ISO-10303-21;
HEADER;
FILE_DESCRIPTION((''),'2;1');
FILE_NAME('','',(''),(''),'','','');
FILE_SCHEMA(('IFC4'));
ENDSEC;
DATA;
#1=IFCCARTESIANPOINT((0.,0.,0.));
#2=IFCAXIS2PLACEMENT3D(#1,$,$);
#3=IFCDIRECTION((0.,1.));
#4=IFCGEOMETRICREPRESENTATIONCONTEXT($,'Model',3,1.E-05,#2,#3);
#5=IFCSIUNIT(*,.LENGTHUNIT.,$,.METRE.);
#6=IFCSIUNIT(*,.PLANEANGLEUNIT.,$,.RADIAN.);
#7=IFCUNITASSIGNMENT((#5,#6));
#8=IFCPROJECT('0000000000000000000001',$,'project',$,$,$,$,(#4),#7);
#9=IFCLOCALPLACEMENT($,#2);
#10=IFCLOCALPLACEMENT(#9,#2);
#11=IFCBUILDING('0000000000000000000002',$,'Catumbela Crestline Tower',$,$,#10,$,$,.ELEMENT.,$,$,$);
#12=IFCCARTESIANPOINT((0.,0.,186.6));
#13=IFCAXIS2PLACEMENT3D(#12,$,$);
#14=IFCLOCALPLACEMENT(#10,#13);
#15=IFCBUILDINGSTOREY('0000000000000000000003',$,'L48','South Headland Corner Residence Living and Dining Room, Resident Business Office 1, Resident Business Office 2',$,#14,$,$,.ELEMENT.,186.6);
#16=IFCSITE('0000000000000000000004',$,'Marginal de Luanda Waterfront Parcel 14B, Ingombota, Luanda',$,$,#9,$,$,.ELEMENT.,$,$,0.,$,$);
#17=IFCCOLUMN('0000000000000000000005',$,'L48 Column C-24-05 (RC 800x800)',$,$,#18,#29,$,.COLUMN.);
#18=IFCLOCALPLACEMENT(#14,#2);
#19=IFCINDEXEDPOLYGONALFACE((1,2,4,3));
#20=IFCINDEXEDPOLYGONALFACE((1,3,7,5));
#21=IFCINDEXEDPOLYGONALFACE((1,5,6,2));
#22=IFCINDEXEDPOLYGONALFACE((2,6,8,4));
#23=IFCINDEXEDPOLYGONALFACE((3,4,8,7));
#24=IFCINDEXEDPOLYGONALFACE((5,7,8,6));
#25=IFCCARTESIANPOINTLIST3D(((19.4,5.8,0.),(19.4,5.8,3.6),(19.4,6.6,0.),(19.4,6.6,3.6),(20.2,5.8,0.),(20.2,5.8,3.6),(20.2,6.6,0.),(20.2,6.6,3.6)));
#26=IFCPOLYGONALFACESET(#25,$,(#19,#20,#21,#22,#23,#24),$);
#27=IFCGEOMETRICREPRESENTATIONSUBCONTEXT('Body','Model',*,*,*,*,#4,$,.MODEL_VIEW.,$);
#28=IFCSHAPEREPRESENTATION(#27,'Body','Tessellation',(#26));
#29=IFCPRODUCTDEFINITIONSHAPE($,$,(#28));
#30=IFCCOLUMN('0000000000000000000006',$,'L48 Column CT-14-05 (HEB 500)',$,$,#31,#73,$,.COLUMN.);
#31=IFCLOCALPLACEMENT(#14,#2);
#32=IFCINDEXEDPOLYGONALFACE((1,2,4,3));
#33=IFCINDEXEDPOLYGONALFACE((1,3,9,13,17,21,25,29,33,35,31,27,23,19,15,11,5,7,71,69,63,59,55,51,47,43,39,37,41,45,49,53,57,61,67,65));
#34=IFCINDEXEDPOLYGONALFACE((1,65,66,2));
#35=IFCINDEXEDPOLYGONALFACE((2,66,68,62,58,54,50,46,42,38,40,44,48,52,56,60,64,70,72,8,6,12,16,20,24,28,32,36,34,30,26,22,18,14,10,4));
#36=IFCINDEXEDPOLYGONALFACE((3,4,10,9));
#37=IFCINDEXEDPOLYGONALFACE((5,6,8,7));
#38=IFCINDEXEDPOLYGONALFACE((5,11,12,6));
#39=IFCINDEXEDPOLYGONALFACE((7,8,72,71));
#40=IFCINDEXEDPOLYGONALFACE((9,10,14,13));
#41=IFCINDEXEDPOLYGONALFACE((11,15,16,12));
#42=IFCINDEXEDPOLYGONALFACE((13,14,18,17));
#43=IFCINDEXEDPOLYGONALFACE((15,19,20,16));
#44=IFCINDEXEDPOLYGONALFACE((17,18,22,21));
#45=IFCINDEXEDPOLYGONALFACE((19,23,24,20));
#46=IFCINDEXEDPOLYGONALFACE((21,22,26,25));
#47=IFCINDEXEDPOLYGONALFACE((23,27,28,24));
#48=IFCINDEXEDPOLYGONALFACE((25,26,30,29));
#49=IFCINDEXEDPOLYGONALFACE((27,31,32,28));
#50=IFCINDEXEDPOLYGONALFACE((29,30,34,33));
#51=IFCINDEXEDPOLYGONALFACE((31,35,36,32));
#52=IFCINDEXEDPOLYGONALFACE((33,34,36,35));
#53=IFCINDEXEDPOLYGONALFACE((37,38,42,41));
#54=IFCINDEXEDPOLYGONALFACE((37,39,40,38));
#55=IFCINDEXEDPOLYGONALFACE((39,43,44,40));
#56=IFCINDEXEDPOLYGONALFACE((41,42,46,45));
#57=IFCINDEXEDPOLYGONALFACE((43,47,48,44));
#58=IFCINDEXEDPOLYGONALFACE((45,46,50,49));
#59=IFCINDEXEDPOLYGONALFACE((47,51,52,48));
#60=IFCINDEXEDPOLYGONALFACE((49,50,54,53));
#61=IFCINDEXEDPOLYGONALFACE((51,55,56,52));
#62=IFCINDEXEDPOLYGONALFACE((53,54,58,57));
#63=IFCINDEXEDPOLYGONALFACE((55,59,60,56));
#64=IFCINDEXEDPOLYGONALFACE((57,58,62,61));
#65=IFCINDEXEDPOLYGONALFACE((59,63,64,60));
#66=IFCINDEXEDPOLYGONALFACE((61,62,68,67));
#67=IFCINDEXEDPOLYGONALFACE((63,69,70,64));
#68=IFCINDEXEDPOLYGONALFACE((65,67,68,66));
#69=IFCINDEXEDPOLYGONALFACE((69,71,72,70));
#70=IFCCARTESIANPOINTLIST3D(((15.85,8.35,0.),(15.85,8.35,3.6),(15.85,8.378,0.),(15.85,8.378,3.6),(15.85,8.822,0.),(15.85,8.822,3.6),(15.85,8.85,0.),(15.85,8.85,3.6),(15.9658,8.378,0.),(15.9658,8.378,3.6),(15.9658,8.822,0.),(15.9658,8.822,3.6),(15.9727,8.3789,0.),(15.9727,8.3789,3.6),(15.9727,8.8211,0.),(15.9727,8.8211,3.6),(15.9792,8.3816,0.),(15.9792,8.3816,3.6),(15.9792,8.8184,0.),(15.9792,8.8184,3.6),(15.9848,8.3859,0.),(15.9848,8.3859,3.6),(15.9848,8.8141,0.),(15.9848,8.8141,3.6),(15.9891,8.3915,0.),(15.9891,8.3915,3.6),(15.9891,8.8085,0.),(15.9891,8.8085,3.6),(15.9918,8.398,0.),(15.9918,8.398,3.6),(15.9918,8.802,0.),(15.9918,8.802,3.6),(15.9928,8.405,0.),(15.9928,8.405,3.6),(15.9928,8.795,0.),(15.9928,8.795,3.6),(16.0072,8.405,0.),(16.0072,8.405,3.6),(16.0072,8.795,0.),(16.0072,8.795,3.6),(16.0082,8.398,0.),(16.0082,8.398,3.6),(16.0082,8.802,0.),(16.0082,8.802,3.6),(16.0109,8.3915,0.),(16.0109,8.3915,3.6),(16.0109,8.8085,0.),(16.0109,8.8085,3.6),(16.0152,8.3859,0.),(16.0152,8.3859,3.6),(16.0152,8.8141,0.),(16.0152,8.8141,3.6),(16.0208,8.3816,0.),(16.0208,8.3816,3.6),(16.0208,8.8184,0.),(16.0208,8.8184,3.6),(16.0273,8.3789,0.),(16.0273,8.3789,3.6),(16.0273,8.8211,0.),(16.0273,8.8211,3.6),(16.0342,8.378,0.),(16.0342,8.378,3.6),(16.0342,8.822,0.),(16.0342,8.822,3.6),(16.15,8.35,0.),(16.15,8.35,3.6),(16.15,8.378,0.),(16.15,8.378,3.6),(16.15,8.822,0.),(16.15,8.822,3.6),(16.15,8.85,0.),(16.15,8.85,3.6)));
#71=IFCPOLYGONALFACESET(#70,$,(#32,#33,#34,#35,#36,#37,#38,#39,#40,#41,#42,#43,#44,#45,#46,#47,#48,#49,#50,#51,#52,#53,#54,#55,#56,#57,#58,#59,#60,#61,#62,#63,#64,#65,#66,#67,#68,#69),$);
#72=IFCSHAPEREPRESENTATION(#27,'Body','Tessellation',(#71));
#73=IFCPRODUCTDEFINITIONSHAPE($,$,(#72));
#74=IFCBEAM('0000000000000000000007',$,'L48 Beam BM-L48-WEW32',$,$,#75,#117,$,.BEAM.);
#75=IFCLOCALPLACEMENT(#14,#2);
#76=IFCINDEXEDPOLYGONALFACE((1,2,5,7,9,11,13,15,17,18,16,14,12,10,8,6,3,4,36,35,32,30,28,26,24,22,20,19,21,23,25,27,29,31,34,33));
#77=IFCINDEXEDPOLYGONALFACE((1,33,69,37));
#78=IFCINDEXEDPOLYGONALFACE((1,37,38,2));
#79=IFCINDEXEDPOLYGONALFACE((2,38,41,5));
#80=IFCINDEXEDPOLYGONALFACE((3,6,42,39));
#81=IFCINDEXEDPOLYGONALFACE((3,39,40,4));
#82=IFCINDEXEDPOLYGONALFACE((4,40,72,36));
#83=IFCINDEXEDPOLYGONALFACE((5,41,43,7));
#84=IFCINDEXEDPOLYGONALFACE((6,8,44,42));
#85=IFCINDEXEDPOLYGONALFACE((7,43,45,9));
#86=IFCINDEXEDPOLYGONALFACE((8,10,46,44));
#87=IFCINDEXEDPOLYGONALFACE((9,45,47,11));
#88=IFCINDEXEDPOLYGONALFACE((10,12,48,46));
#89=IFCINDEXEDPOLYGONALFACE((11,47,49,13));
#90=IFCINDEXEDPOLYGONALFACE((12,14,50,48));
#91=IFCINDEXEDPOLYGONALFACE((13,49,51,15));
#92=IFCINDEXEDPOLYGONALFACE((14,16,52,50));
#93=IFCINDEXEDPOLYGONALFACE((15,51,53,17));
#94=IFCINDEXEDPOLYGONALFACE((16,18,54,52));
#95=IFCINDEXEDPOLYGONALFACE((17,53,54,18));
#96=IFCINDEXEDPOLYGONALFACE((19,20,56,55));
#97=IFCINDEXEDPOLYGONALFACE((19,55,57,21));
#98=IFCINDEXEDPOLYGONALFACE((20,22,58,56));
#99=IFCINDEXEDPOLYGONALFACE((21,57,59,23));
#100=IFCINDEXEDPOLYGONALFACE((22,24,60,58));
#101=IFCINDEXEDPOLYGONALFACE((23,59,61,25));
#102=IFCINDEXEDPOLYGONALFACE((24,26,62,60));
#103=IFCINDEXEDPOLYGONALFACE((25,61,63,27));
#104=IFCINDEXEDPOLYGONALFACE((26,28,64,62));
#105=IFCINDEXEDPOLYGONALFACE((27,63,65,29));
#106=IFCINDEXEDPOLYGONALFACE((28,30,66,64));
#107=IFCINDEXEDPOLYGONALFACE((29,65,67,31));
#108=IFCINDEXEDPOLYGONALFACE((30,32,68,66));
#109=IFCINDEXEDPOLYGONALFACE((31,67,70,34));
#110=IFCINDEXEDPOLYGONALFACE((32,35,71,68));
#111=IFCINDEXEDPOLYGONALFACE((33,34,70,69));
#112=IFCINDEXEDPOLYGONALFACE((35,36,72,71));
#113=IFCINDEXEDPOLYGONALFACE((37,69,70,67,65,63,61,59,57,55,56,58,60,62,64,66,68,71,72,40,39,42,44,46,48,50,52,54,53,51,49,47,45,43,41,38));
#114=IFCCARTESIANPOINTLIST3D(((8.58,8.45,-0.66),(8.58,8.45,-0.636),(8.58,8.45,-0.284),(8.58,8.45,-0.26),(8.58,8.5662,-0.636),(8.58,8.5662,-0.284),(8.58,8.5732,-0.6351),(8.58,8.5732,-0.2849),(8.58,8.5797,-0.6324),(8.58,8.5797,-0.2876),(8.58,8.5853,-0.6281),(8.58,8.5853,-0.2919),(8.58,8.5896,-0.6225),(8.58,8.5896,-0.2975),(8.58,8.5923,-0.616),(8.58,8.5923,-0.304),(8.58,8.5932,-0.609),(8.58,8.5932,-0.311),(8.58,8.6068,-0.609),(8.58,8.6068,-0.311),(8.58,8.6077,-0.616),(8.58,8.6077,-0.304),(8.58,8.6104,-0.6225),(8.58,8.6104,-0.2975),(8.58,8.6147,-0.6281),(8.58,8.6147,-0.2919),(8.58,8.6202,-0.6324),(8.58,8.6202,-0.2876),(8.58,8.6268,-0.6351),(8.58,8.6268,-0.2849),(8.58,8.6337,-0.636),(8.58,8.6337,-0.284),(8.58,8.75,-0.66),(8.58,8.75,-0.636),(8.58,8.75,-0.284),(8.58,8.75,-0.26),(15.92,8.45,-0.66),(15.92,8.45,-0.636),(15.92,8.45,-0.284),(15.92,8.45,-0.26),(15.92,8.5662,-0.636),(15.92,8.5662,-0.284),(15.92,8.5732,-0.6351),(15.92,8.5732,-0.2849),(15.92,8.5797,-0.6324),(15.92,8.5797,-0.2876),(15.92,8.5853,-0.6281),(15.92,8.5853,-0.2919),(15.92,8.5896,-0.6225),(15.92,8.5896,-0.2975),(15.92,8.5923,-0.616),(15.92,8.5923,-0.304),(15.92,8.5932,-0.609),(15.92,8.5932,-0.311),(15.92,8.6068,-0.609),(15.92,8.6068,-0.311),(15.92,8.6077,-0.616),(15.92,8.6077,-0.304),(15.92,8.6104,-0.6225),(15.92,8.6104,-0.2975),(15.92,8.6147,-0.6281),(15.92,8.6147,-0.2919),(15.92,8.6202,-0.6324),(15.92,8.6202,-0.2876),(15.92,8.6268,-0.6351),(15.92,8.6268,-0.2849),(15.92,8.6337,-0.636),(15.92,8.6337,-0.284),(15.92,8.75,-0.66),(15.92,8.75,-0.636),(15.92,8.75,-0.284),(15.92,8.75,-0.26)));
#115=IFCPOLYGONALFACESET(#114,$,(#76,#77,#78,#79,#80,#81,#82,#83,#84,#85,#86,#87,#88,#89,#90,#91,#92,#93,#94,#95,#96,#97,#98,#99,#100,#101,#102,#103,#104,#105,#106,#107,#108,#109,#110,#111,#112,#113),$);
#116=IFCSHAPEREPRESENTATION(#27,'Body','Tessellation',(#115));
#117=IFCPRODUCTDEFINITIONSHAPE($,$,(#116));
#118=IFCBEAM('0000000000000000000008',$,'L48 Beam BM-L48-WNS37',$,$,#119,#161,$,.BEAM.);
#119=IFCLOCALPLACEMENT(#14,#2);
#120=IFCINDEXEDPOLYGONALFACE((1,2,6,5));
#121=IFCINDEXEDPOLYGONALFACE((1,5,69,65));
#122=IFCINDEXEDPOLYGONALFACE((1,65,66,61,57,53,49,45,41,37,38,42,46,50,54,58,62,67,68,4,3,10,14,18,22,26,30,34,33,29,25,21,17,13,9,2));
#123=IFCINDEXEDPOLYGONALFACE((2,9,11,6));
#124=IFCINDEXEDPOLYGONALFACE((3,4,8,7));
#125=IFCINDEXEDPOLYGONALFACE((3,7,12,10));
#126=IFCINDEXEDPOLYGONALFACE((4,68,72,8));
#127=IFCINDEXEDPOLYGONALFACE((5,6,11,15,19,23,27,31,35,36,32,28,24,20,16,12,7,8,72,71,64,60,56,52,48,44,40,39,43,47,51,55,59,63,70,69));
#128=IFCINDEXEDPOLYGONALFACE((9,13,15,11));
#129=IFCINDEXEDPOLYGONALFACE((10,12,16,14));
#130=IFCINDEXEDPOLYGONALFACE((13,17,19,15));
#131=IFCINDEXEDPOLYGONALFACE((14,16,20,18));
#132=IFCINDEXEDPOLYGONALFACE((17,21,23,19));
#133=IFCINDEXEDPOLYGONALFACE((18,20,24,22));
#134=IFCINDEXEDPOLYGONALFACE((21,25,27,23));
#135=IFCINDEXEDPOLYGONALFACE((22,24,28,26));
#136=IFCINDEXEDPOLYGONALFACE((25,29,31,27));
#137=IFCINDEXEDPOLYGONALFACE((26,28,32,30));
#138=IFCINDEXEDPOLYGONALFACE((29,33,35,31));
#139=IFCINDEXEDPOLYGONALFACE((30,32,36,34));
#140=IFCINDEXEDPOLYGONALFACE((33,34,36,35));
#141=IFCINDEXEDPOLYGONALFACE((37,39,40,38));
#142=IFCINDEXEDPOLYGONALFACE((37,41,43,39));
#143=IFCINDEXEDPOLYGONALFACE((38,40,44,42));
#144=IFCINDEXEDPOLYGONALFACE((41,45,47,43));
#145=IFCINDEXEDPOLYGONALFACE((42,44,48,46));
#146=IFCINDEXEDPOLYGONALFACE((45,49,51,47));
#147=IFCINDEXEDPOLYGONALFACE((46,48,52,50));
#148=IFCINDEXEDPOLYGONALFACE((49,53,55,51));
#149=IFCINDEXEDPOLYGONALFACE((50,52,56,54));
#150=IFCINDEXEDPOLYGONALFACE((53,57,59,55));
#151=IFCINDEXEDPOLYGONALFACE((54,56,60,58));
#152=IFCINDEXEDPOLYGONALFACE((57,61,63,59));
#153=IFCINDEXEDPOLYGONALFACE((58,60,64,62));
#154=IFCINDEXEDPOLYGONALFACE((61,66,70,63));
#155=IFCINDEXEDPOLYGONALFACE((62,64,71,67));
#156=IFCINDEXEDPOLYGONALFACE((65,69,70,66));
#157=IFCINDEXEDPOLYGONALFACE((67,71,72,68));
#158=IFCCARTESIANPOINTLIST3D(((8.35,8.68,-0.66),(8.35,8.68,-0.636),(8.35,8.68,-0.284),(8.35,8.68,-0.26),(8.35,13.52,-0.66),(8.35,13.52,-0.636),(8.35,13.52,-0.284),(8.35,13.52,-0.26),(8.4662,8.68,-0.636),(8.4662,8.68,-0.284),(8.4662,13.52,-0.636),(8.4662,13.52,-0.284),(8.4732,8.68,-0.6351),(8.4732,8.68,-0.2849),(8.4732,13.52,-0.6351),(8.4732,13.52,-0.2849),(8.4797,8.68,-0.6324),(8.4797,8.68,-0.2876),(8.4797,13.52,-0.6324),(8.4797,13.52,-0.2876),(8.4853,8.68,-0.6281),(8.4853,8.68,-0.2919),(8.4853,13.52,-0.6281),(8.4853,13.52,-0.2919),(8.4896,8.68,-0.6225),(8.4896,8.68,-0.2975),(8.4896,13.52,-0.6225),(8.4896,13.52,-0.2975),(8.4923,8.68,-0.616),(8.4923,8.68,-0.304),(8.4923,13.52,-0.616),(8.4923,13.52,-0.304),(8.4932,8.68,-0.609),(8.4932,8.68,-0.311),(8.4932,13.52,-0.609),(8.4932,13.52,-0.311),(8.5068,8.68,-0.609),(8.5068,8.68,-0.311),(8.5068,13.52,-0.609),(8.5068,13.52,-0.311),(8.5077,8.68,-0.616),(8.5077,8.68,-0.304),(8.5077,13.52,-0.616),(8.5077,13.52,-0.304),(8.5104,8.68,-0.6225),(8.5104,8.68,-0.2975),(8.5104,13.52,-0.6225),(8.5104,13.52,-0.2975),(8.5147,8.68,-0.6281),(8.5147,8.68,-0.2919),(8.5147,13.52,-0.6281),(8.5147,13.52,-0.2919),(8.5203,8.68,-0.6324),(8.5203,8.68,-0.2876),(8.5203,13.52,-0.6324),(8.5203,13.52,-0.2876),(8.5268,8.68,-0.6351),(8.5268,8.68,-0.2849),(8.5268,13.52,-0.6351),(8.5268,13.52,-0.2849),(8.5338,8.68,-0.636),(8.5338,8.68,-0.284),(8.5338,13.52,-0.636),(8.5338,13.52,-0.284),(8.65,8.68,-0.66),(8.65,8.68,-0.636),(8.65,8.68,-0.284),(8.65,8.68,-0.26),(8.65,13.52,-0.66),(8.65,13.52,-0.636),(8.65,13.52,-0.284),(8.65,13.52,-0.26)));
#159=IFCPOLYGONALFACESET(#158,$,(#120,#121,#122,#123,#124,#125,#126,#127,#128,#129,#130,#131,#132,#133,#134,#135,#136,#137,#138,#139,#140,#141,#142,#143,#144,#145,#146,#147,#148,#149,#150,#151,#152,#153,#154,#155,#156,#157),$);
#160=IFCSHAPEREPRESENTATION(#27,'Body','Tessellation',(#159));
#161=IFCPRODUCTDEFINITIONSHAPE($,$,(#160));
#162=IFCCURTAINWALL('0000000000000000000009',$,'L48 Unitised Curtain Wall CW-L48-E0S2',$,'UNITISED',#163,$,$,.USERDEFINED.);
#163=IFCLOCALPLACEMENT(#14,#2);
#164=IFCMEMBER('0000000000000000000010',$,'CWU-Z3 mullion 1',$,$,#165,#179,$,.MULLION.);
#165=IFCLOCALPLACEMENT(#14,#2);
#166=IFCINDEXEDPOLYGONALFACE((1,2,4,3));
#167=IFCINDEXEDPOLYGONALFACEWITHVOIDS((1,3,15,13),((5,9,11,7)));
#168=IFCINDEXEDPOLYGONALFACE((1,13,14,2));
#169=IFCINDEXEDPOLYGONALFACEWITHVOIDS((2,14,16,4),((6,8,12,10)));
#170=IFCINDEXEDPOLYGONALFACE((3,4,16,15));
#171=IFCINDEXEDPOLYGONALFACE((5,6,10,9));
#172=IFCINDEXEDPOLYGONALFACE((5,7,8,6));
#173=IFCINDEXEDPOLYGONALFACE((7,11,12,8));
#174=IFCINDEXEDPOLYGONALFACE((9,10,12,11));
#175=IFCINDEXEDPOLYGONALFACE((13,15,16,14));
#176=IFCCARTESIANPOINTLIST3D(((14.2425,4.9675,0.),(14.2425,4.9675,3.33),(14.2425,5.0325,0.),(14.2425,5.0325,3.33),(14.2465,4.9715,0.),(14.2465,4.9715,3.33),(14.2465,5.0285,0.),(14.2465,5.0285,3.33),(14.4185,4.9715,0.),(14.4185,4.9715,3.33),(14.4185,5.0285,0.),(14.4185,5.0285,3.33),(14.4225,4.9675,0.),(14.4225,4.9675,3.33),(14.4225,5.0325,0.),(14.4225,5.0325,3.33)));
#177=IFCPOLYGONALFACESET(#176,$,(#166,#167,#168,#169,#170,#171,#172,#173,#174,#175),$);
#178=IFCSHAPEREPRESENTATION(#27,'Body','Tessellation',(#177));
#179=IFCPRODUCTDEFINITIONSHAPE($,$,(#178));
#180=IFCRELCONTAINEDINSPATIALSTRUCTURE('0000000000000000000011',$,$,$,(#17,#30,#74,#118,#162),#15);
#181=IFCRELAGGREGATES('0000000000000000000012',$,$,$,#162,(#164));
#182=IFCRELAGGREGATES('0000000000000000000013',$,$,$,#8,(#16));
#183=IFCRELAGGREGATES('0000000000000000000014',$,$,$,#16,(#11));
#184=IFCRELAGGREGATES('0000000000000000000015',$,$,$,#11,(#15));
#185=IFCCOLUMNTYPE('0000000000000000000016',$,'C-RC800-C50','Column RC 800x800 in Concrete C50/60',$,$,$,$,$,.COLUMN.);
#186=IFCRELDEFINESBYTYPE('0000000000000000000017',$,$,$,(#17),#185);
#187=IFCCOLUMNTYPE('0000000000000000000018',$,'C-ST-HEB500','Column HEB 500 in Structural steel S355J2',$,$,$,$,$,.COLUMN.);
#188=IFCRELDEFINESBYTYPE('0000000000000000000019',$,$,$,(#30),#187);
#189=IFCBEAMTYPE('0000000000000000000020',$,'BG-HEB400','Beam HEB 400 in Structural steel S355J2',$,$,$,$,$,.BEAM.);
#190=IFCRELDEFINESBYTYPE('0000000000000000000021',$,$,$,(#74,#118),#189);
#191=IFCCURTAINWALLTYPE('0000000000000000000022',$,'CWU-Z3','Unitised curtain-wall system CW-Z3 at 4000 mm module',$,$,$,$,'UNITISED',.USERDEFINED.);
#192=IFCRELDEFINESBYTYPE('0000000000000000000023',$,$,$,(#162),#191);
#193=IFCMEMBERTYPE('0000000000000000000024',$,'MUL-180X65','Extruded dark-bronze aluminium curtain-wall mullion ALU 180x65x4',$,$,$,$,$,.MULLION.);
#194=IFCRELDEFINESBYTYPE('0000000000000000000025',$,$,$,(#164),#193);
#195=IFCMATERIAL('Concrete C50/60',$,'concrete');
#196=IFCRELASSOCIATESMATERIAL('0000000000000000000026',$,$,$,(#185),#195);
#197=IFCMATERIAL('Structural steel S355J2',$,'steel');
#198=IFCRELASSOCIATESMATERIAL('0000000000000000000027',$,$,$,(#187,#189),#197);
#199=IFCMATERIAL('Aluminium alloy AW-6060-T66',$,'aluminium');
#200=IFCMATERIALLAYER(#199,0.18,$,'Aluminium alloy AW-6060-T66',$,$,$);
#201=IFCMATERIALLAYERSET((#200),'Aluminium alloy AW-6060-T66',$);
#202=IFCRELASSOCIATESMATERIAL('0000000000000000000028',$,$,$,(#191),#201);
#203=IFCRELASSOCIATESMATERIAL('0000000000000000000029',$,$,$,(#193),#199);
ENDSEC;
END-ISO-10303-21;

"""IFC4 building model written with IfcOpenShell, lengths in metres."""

from ifc_helpers import new_model, si_unit, direction, frame, origin, origin_2d, place, context, subcontext, project, spatial, rectangle, hollow_rectangle, i_section, extrude, material, layer, layer_set, material_profile, profile_set, type_object, element, aggregate, save


model = new_model("IFC4")

# Units and contexts
model_context = context("Model", 3, precision=1e-05, world=origin(), true_north=direction((0.0, 1.0)))
body_context = subcontext(model_context, "Body", "Model", "MODEL_VIEW")
ifc_project = project(units=[si_unit("LENGTHUNIT", "METRE"), si_unit("PLANEANGLEUNIT", "RADIAN")], contexts=[model_context])

# Site, building, storey
site_placement = place(None, origin())
site = spatial("IfcSite", under=ifc_project, at=site_placement, Name="Marginal de Luanda Waterfront Parcel 14B, Ingombota, Luanda", CompositionType="ELEMENT", RefElevation=0.0)
building_placement = place(site_placement, origin())
building = spatial("IfcBuilding", under=site, at=building_placement, Name="Catumbela Crestline Tower", CompositionType="ELEMENT")
storey_placement = place(building_placement, frame((0.0, 0.0, 186.6)))
storey = spatial("IfcBuildingStorey", under=building, at=storey_placement, Name="L48", Description="South Headland Corner Residence Living and Dining Room, Resident Business Office 1, Resident Business Office 2", CompositionType="ELEMENT", Elevation=186.6)

# Columns
ifc_material_1 = material(Name="Concrete C50/60", Category="concrete")
ifc_material_profile_1 = material_profile(ifc_material_1, rectangle(XDim=0.8, YDim=0.8, at=origin_2d()), Name="RC 800x800")
ifc_profile_set_1 = profile_set([ifc_material_profile_1], Name="Concrete C50/60")
column_type_1 = type_object("IfcColumnType", Name="C-RC800-C50", Description="Column RC 800x800 in Concrete C50/60", PredefinedType="COLUMN", material=ifc_profile_set_1)
column_1_placement = place(storey_placement, frame((19.8, 6.2, 0.0), z_axis=(0.0, 0.0, 1.0), x_axis=(1.0, 0.0, 0.0)))
element("IfcColumn", 1, at=column_1_placement, inside=storey, type_object=column_type_1, Name="L48 Column C-24-05 (RC 800x800)", PredefinedType="COLUMN", context=body_context, shape_type="SweptSolid", body=[
    extrude(rectangle(XDim=0.8, YDim=0.8, at=origin_2d()), origin(), (0.0, 0.0, 1.0), 3.6),
])
ifc_material_2 = material(Name="Structural steel S355J2", Category="steel")
ifc_material_profile_2 = material_profile(ifc_material_2, i_section(OverallWidth=0.3, OverallDepth=0.5, WebThickness=0.0145, FlangeThickness=0.028, FilletRadius=0.027, at=origin_2d()), Name="HEB 500")
ifc_profile_set_2 = profile_set([ifc_material_profile_2], Name="Structural steel S355J2")
column_type_2 = type_object("IfcColumnType", Name="C-ST-HEB500", Description="Column HEB 500 in Structural steel S355J2", PredefinedType="COLUMN", material=ifc_profile_set_2)
column_2_placement = place(storey_placement, frame((16.0, 8.6, 0.0), z_axis=(0.0, 0.0, 1.0), x_axis=(1.0, 0.0, 0.0)))
element("IfcColumn", 2, at=column_2_placement, inside=storey, type_object=column_type_2, Name="L48 Column CT-14-05 (HEB 500)", PredefinedType="COLUMN", context=body_context, shape_type="SweptSolid", body=[
    extrude(i_section(OverallWidth=0.3, OverallDepth=0.5, WebThickness=0.0145, FlangeThickness=0.028, FilletRadius=0.027, at=origin_2d()), origin(), (0.0, 0.0, 1.0), 3.6),
])

# Beams
ifc_material_profile_3 = material_profile(ifc_material_2, i_section(OverallWidth=0.3, OverallDepth=0.4, WebThickness=0.0135, FlangeThickness=0.024, FilletRadius=0.027, at=origin_2d()), Name="HEB 400")
ifc_profile_set_3 = profile_set([ifc_material_profile_3], Name="Structural steel S355J2")
beam_type = type_object("IfcBeamType", Name="BG-HEB400", Description="Beam HEB 400 in Structural steel S355J2", PredefinedType="BEAM", material=ifc_profile_set_3)
beam_1_placement = place(storey_placement, frame((8.58, 8.6, -0.46), z_axis=(1.0, 0.0, 0.0), x_axis=(0.0, 1.0, 0.0)))
element("IfcBeam", 3, at=beam_1_placement, inside=storey, type_object=beam_type, Name="L48 Beam BM-L48-WEW32", PredefinedType="BEAM", context=body_context, shape_type="SweptSolid", body=[
    extrude(i_section(OverallWidth=0.3, OverallDepth=0.4, WebThickness=0.0135, FlangeThickness=0.024, FilletRadius=0.027, at=origin_2d()), origin(), (0.0, 0.0, 1.0), 7.34),
])
beam_2_placement = place(storey_placement, frame((8.5, 8.68, -0.46), z_axis=(0.0, 1.0, 0.0), x_axis=(-1.0, 0.0, 0.0)))
element("IfcBeam", 4, at=beam_2_placement, inside=storey, type_object=beam_type, Name="L48 Beam BM-L48-WNS37", PredefinedType="BEAM", context=body_context, shape_type="SweptSolid", body=[
    extrude(i_section(OverallWidth=0.3, OverallDepth=0.4, WebThickness=0.0135, FlangeThickness=0.024, FilletRadius=0.027, at=origin_2d()), origin(), (0.0, 0.0, 1.0), 4.84),
])

# Curtain wall, member
ifc_material_3 = material(Name="Aluminium alloy AW-6060-T66", Category="aluminium")
ifc_layer_1 = layer(ifc_material_3, 0.18, Name="Aluminium alloy AW-6060-T66")
ifc_layer_set_1 = layer_set([ifc_layer_1], Name="Aluminium alloy AW-6060-T66")
curtain_wall_type = type_object("IfcCurtainWallType", Name="CWU-Z3", Description="Unitised curtain-wall system CW-Z3 at 4000 mm module", ElementType="UNITISED", PredefinedType="USERDEFINED", material=ifc_layer_set_1)
curtain_wall_placement = place(storey_placement, origin())
curtain_wall = element("IfcCurtainWall", 5, at=curtain_wall_placement, inside=storey, type_object=curtain_wall_type, Name="L48 Unitised Curtain Wall CW-L48-E0S2", ObjectType="UNITISED", PredefinedType="USERDEFINED")
ifc_material_profile_4 = material_profile(ifc_material_3, hollow_rectangle(XDim=0.065, YDim=0.18, WallThickness=0.004, at=origin_2d()), Name="ALU 180x65x4")
ifc_profile_set_4 = profile_set([ifc_material_profile_4], Name="Aluminium alloy AW-6060-T66")
member_type_1 = type_object("IfcMemberType", Name="MUL-180X65", Description="Extruded dark-bronze aluminium curtain-wall mullion ALU 180x65x4", PredefinedType="MULLION", material=ifc_profile_set_4)
member_1_placement = place(storey_placement, frame((14.3325, 5.0, 0.0), z_axis=(0.0, 0.0, 1.0), x_axis=(0.0, 1.0, 0.0)))
member_1 = element("IfcMember", 6, at=member_1_placement, type_object=member_type_1, Name="CWU-Z3 mullion 1", PredefinedType="MULLION", context=body_context, shape_type="SweptSolid", body=[
    extrude(hollow_rectangle(XDim=0.065, YDim=0.18, WallThickness=0.004, at=origin_2d()), origin(), (0.0, 0.0, 1.0), 3.33),
])
aggregate(curtain_wall, [member_1])

save(model, "model.ifc")
